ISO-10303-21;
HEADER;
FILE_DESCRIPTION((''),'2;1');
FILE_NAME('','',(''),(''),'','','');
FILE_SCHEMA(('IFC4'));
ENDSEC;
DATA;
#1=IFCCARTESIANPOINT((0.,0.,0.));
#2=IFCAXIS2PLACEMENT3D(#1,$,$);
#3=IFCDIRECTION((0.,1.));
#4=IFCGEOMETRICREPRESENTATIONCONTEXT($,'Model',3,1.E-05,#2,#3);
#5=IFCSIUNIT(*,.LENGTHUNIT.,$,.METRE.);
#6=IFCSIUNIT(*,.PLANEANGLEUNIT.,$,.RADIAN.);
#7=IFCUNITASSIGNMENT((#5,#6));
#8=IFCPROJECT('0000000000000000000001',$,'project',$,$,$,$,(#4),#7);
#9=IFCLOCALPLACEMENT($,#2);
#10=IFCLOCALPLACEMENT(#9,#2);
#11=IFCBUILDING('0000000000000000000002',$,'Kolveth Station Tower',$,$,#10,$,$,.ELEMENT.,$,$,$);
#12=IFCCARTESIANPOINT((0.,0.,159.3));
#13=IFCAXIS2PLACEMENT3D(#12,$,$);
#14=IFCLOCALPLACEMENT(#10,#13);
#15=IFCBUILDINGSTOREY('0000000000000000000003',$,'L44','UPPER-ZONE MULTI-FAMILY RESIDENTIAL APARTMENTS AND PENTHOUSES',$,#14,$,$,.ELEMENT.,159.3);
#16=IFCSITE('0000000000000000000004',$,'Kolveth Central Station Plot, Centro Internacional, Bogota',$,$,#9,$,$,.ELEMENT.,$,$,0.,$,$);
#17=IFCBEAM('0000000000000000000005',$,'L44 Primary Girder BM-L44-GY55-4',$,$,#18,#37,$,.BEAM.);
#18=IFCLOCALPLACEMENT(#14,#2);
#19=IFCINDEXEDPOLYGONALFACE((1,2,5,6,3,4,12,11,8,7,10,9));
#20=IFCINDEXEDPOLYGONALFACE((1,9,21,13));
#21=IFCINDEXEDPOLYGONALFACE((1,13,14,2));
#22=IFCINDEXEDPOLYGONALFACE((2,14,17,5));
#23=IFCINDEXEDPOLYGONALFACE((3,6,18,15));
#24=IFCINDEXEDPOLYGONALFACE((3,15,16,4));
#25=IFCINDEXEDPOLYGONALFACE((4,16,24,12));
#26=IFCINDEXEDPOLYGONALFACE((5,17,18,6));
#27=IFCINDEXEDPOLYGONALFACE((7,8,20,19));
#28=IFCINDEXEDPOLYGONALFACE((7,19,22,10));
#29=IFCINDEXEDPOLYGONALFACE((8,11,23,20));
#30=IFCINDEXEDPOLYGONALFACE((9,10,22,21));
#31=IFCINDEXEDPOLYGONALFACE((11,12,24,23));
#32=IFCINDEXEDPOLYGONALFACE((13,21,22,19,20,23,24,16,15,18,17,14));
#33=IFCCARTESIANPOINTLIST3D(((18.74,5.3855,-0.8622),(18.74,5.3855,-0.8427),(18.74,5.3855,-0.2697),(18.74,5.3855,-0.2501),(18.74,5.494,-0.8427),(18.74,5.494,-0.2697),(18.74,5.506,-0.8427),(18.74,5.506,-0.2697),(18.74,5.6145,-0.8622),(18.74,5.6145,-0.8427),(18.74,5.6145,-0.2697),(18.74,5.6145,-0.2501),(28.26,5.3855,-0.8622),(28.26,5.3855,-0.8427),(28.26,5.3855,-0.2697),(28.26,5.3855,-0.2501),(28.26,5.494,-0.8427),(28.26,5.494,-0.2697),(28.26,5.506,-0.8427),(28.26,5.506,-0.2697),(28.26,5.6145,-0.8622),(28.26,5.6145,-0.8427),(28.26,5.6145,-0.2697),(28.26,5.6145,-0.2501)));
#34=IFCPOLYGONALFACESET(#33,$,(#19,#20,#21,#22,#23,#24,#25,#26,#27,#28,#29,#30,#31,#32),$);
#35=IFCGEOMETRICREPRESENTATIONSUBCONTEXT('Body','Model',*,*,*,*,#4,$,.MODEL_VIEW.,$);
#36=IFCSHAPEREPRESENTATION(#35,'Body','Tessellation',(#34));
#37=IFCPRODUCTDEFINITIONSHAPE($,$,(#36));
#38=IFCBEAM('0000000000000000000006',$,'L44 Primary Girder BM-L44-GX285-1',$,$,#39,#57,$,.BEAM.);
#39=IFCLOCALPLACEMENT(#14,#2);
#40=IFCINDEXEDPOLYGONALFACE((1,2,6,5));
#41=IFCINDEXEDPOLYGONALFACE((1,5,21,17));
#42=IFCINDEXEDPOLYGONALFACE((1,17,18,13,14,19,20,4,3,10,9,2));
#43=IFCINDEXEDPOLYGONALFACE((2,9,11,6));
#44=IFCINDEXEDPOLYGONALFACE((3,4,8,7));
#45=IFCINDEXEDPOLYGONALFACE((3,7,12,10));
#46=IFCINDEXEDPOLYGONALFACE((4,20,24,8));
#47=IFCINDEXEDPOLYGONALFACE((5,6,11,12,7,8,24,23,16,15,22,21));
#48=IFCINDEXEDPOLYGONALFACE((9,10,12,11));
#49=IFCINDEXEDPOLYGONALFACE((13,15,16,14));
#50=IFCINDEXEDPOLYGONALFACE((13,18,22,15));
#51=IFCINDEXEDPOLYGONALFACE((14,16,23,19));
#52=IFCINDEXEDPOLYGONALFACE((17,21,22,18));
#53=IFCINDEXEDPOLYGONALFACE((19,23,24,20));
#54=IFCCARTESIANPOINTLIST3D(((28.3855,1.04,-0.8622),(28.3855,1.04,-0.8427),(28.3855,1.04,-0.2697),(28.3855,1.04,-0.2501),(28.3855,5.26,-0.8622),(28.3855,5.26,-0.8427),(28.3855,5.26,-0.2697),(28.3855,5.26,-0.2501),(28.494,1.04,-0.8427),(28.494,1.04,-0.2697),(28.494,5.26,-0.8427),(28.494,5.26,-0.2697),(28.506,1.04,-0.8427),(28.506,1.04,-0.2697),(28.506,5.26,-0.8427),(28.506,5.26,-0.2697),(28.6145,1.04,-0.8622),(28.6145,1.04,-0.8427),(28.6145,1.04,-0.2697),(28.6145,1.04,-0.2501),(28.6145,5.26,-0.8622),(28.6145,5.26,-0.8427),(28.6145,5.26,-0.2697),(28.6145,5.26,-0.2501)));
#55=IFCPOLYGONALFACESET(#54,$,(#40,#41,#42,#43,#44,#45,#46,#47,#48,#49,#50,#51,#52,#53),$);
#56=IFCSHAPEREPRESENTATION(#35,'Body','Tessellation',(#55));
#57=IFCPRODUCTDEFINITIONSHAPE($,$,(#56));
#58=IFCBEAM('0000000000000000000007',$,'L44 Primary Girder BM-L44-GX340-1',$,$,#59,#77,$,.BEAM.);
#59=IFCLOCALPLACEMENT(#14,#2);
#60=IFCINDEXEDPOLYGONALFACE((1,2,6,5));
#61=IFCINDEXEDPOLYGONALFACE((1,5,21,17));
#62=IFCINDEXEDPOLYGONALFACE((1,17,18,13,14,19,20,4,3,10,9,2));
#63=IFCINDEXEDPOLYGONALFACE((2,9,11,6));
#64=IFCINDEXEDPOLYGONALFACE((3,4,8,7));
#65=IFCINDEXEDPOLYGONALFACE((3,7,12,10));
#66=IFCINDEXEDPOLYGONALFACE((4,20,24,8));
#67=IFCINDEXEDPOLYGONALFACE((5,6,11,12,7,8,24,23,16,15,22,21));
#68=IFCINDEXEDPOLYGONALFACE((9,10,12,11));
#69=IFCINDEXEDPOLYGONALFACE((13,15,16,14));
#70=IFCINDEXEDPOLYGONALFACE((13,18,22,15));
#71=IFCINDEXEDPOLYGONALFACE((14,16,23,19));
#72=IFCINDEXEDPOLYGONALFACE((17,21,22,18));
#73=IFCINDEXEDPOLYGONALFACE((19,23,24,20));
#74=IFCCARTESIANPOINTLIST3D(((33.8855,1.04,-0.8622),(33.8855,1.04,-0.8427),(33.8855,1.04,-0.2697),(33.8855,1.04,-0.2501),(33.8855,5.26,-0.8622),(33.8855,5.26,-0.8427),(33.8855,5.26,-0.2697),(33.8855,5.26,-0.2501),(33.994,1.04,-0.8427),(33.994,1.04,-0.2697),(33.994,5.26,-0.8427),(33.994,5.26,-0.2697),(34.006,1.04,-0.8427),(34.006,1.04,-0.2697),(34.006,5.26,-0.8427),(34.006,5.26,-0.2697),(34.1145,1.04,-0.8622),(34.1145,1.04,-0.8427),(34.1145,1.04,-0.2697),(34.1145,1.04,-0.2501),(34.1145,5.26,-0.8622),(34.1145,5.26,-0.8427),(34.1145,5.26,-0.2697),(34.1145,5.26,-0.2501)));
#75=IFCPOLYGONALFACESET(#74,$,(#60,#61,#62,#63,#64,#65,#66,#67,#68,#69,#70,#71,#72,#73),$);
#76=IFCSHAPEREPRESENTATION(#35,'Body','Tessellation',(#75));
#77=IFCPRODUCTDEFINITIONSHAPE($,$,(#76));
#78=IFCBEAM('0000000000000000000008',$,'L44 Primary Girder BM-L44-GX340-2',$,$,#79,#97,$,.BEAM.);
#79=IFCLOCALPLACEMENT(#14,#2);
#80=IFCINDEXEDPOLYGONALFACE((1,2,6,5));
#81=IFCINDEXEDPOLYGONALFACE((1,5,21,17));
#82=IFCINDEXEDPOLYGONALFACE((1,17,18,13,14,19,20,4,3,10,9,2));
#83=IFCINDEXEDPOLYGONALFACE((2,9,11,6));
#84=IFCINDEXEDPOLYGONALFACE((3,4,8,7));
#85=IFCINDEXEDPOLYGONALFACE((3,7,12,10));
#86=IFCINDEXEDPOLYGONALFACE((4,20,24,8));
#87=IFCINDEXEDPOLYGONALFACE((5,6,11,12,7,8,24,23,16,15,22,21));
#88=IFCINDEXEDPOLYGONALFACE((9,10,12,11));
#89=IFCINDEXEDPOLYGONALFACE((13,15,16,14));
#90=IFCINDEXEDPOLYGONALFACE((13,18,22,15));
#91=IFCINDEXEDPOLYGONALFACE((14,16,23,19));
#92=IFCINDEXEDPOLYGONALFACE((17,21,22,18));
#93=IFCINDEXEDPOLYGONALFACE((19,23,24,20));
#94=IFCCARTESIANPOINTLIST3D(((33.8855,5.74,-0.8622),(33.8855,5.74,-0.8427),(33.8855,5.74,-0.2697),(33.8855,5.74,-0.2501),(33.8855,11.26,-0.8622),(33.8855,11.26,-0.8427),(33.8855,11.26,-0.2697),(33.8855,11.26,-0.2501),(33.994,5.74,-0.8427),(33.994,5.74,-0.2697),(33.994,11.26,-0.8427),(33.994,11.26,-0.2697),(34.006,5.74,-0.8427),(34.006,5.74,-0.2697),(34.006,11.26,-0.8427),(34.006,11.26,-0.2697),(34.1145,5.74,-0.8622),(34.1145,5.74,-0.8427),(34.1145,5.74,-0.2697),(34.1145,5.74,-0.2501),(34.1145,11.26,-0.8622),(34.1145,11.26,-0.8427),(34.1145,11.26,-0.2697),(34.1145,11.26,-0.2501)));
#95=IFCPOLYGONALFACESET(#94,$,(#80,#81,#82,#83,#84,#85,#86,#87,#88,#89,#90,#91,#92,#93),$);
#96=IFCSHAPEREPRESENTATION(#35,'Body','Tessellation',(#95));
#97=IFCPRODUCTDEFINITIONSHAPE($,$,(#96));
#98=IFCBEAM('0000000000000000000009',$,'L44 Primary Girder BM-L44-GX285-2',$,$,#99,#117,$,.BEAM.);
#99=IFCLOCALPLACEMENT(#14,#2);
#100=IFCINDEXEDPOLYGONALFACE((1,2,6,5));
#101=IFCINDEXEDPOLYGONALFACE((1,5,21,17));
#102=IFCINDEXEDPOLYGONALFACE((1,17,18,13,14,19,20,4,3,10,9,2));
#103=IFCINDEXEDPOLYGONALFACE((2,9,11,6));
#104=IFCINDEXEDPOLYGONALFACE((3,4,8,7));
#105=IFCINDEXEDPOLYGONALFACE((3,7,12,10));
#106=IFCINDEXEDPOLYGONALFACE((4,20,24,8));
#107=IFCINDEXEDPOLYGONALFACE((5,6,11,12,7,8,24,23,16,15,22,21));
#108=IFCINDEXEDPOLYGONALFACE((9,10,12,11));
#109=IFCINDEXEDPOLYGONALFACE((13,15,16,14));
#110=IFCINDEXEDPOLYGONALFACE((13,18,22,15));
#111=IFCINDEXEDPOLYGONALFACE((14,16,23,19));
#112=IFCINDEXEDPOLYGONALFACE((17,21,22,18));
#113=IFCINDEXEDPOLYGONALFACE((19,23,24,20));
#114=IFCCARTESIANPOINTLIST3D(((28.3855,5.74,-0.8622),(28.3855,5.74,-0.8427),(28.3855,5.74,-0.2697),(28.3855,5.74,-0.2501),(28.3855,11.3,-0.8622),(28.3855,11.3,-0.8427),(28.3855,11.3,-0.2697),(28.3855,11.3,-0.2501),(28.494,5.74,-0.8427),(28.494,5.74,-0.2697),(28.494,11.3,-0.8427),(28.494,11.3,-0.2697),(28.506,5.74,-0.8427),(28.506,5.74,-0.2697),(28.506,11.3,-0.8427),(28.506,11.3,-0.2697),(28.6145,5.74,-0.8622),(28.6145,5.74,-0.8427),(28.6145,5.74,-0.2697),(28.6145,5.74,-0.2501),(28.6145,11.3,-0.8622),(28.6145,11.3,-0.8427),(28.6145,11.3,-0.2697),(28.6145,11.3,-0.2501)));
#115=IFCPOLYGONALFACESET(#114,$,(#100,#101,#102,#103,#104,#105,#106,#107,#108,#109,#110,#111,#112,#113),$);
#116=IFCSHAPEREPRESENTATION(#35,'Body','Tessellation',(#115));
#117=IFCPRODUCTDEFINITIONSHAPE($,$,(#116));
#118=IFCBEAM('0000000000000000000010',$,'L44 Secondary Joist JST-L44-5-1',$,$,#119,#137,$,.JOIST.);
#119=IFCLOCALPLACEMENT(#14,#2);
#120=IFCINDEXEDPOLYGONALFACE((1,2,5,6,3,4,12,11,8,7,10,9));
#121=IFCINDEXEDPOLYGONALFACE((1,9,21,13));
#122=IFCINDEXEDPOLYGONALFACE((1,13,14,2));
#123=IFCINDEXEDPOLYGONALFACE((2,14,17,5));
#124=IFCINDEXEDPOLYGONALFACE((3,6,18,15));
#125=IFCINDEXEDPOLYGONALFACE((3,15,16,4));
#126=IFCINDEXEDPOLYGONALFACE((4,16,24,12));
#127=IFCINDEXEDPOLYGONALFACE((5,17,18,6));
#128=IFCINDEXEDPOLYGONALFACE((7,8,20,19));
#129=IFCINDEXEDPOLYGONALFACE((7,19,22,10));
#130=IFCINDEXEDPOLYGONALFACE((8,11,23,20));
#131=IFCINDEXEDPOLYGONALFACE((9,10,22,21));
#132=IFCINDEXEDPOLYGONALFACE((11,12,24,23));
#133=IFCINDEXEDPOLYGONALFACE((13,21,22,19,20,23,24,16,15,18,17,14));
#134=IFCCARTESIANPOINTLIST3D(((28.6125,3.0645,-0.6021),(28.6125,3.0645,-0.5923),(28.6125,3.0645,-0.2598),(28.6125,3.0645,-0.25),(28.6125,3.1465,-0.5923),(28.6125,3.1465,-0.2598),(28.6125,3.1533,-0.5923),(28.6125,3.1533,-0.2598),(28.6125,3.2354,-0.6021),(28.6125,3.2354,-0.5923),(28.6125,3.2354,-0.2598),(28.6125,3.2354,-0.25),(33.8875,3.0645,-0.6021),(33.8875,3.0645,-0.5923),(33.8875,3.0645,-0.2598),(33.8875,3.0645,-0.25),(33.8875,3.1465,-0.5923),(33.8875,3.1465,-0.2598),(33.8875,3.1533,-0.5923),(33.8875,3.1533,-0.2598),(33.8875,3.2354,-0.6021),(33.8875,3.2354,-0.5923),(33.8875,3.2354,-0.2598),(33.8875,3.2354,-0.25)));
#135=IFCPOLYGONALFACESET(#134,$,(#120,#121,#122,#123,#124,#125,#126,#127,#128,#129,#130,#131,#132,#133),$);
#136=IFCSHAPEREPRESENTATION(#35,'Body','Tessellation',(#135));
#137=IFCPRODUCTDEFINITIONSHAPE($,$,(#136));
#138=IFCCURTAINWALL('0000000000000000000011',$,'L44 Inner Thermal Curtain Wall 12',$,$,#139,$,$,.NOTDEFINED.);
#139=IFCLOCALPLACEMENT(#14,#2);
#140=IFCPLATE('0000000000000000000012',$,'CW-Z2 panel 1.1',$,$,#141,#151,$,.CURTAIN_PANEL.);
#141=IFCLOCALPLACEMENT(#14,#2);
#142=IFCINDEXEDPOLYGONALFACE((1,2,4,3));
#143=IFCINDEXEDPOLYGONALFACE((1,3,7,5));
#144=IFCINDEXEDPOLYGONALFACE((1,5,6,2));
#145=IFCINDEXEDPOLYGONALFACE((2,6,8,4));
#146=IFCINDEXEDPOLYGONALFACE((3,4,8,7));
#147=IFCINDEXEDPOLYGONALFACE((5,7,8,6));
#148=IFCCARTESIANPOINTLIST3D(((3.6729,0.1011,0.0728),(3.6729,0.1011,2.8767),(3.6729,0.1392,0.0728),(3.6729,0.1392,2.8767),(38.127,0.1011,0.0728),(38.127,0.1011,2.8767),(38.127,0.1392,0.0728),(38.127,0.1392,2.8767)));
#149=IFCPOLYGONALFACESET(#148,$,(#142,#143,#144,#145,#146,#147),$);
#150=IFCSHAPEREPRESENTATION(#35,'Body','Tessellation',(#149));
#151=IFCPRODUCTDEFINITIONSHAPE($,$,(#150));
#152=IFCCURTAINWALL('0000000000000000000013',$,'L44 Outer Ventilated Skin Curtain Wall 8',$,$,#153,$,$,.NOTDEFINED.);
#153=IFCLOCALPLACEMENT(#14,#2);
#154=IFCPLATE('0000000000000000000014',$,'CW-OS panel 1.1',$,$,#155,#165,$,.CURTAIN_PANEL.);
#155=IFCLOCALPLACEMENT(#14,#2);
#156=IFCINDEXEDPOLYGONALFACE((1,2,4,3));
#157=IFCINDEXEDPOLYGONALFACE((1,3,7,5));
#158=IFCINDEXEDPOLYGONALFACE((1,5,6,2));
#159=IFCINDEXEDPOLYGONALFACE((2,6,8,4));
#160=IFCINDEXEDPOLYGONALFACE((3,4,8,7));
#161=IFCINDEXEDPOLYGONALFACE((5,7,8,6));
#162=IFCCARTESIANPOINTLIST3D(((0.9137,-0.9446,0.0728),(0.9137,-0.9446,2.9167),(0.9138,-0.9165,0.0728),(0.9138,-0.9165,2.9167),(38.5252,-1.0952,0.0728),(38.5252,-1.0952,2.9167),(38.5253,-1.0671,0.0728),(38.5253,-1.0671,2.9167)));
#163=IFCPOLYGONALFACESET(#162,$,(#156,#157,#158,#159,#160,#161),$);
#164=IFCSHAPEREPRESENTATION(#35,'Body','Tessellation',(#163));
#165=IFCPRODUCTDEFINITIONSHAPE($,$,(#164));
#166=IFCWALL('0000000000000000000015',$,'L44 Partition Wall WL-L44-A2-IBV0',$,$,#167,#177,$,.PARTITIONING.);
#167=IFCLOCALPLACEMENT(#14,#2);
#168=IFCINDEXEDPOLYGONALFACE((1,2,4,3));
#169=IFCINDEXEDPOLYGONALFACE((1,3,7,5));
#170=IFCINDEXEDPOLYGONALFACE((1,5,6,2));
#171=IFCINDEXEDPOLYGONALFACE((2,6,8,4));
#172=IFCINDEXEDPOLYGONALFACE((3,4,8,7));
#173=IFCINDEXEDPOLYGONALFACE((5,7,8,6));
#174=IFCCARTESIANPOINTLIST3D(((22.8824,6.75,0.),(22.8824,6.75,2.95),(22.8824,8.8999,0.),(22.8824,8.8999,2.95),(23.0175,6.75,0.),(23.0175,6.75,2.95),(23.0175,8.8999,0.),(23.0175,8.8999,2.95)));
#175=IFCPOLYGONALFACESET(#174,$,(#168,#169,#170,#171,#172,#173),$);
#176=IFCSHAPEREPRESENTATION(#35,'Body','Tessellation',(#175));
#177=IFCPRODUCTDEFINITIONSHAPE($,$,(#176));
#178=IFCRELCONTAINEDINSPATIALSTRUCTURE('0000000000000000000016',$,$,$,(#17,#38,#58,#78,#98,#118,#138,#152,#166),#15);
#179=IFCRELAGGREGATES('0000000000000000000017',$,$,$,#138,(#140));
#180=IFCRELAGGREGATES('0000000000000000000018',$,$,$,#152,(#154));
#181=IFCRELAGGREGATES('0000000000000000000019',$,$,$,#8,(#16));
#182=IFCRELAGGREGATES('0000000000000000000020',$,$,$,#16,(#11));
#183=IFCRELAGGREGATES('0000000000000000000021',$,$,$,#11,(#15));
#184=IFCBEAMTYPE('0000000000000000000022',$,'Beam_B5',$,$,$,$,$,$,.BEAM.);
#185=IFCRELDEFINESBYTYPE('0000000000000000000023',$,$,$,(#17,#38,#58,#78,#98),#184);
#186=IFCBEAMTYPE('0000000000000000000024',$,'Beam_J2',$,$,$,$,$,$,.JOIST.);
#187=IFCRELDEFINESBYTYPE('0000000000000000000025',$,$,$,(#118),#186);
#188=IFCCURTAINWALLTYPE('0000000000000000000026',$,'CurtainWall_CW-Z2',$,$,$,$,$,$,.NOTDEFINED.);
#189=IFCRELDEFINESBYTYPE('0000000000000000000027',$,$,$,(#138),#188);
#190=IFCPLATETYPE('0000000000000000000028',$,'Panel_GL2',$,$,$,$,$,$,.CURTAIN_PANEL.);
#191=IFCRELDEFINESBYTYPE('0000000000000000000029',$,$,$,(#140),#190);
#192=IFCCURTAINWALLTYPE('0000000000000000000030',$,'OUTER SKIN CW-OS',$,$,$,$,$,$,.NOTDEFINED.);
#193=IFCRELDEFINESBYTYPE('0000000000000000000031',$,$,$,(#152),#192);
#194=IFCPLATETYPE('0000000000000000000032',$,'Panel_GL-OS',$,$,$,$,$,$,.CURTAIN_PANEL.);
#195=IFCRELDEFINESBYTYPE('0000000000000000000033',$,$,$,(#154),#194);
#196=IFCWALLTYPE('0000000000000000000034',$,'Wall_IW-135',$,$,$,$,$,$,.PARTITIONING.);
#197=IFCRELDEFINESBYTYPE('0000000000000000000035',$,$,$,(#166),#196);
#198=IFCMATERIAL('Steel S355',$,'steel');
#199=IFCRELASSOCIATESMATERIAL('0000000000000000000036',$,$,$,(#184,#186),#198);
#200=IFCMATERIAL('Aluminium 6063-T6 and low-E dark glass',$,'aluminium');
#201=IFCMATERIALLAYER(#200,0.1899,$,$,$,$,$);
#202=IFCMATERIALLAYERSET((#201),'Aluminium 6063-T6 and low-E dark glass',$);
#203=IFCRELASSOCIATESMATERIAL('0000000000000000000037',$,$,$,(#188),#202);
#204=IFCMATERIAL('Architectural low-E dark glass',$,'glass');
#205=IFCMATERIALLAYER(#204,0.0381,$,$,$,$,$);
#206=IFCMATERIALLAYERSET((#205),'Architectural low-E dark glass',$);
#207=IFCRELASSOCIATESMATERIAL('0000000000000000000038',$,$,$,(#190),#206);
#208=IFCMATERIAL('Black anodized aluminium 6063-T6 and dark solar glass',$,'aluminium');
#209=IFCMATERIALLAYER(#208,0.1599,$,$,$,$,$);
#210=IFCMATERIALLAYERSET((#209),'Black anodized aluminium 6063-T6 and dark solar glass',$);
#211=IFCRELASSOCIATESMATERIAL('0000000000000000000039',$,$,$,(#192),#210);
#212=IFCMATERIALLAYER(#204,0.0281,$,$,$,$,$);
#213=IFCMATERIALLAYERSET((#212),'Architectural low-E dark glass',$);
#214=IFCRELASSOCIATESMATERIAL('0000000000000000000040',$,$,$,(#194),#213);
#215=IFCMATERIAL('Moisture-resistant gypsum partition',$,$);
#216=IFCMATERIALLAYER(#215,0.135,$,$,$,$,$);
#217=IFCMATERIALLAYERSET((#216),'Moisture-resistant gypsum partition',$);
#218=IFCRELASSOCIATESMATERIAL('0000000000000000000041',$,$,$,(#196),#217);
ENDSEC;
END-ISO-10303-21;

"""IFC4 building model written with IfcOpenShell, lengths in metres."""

from ifc_helpers import new_model, si_unit, direction, frame, frame_2d, origin, origin_2d, place, context, subcontext, project, spatial, rectangle, i_section, extrude, source, transform, mapped, material, layer, layer_set, material_profile, profile_set, type_object, element, aggregate, save


model = new_model("IFC4")

# Units and contexts
model_context = context("Model", 3, precision=1e-05, world=origin(), true_north=direction((0.0, 1.0)))
body_context = subcontext(model_context, "Body", "Model", "MODEL_VIEW")
ifc_project = project(units=[si_unit("LENGTHUNIT", "METRE"), si_unit("PLANEANGLEUNIT", "RADIAN")], contexts=[model_context])

# Site, building, storey
site_placement = place(None, origin())
site = spatial("IfcSite", under=ifc_project, at=site_placement, Name="Kolveth Central Station Plot, Centro Internacional, Bogota", CompositionType="ELEMENT", RefElevation=0.0)
building_placement = place(site_placement, origin())
building = spatial("IfcBuilding", under=site, at=building_placement, Name="Kolveth Station Tower", CompositionType="ELEMENT")
storey_placement = place(building_placement, frame((0.0, 0.0, 159.3)))
storey = spatial("IfcBuildingStorey", under=building, at=storey_placement, Name="L44", Description="UPPER-ZONE MULTI-FAMILY RESIDENTIAL APARTMENTS AND PENTHOUSES", CompositionType="ELEMENT", Elevation=159.3)

# Shared definitions
ifc_material_1 = material(Name="Steel S355", Category="steel")

# Beams
ifc_material_profile_1 = material_profile(ifc_material_1, i_section(OverallWidth=0.229, OverallDepth=0.6121, WebThickness=0.012, FlangeThickness=0.0195, at=origin_2d()), Name="W610x125")
ifc_profile_set_1 = profile_set([ifc_material_profile_1], Name="Steel S355")
beam_type_1 = type_object("IfcBeamType", Name="Beam_B5", PredefinedType="BEAM", material=ifc_profile_set_1)
shared_shape_1 = source(origin(), body_context, "Body", "SweptSolid", [
    extrude(i_section(OverallWidth=0.229, OverallDepth=0.6121, WebThickness=0.012, FlangeThickness=0.0195, at=origin_2d()), origin(), (0.0, 0.0, 1.0), 9.52),
])
beam_1_placement = place(storey_placement, frame((18.74, 5.5, -0.5562), z_axis=(1.0, 0.0, 0.0), x_axis=(0.0, 1.0, 0.0)))
element("IfcBeam", 1, at=beam_1_placement, inside=storey, type_object=beam_type_1, Name="L44 Primary Girder BM-L44-GY55-4", PredefinedType="BEAM", context=body_context, shape_type="MappedRepresentation", body=[
    mapped(shared_shape_1, transform((0.0, 0.0, 0.0), x_axis=(1.0, 0.0, 0.0), y_axis=(0.0, 1.0, 0.0), z_axis=(0.0, 0.0, 1.0), scale=1.0)),
])
shared_shape_2 = source(origin(), body_context, "Body", "SweptSolid", [
    extrude(i_section(OverallWidth=0.229, OverallDepth=0.6121, WebThickness=0.012, FlangeThickness=0.0195, at=origin_2d()), origin(), (0.0, 0.0, 1.0), 4.22),
])
for number, where, z_axis, x_axis, name in (
    (2, (28.5, 1.04, -0.5562), (0.0, 1.0, 0.0), (-1.0, 0.0, 0.0), "L44 Primary Girder BM-L44-GX285-1"),
    (3, (34.0, 1.04, -0.5562), (0.0, 1.0, 0.0), (-1.0, 0.0, 0.0), "L44 Primary Girder BM-L44-GX340-1"),
):
    element("IfcBeam", number, at=place(storey_placement, frame(where, z_axis=z_axis, x_axis=x_axis)), inside=storey, type_object=beam_type_1, Name=name, PredefinedType="BEAM", context=body_context, shape_type="MappedRepresentation", body=[
        mapped(shared_shape_2, transform((0.0, 0.0, 0.0), x_axis=(1.0, 0.0, 0.0), y_axis=(0.0, 1.0, 0.0), z_axis=(0.0, 0.0, 1.0), scale=1.0)),
    ])
shared_shape_3 = source(origin(), body_context, "Body", "SweptSolid", [
    extrude(i_section(OverallWidth=0.229, OverallDepth=0.6121, WebThickness=0.012, FlangeThickness=0.0195, at=origin_2d()), origin(), (0.0, 0.0, 1.0), 5.52),
])
beam_2_placement = place(storey_placement, frame((34.0, 5.74, -0.5562), z_axis=(0.0, 1.0, 0.0), x_axis=(-1.0, 0.0, 0.0)))
element("IfcBeam", 4, at=beam_2_placement, inside=storey, type_object=beam_type_1, Name="L44 Primary Girder BM-L44-GX340-2", PredefinedType="BEAM", context=body_context, shape_type="MappedRepresentation", body=[
    mapped(shared_shape_3, transform((0.0, 0.0, 0.0), x_axis=(1.0, 0.0, 0.0), y_axis=(0.0, 1.0, 0.0), z_axis=(0.0, 0.0, 1.0), scale=1.0)),
])
shared_shape_4 = source(origin(), body_context, "Body", "SweptSolid", [
    extrude(i_section(OverallWidth=0.229, OverallDepth=0.6121, WebThickness=0.012, FlangeThickness=0.0195, at=origin_2d()), origin(), (0.0, 0.0, 1.0), 5.5601),
])
beam_3_placement = place(storey_placement, frame((28.5, 5.74, -0.5562), z_axis=(0.0, 1.0, 0.0), x_axis=(-1.0, 0.0, 0.0)))
element("IfcBeam", 5, at=beam_3_placement, inside=storey, type_object=beam_type_1, Name="L44 Primary Girder BM-L44-GX285-2", PredefinedType="BEAM", context=body_context, shape_type="MappedRepresentation", body=[
    mapped(shared_shape_4, transform((0.0, 0.0, 0.0), x_axis=(1.0, 0.0, 0.0), y_axis=(0.0, 1.0, 0.0), z_axis=(0.0, 0.0, 1.0), scale=1.0)),
])
ifc_material_profile_2 = material_profile(ifc_material_1, i_section(OverallWidth=0.1709, OverallDepth=0.3521, WebThickness=0.0068, FlangeThickness=0.0098, at=origin_2d()), Name="W360x44")
ifc_profile_set_2 = profile_set([ifc_material_profile_2], Name="Steel S355")
beam_type_2 = type_object("IfcBeamType", Name="Beam_J2", PredefinedType="JOIST", material=ifc_profile_set_2)
shared_shape_5 = source(origin(), body_context, "Body", "SweptSolid", [
    extrude(i_section(OverallWidth=0.1709, OverallDepth=0.3521, WebThickness=0.0068, FlangeThickness=0.0098, at=origin_2d()), origin(), (0.0, 0.0, 1.0), 5.2749),
])
beam_4_placement = place(storey_placement, frame((28.6125, 3.1499, -0.426), z_axis=(1.0, 0.0, 0.0), x_axis=(0.0, 1.0, 0.0)))
element("IfcBeam", 6, at=beam_4_placement, inside=storey, type_object=beam_type_2, Name="L44 Secondary Joist JST-L44-5-1", PredefinedType="JOIST", context=body_context, shape_type="MappedRepresentation", body=[
    mapped(shared_shape_5, transform((0.0, 0.0, 0.0), x_axis=(1.0, 0.0, 0.0), y_axis=(0.0, 1.0, 0.0), z_axis=(0.0, 0.0, 1.0), scale=1.0)),
])

# Curtain walls, plates
ifc_material_2 = material(Name="Aluminium 6063-T6 and low-E dark glass", Category="aluminium")
ifc_layer_1 = layer(ifc_material_2, 0.1899)
ifc_layer_set_1 = layer_set([ifc_layer_1], Name="Aluminium 6063-T6 and low-E dark glass")
curtain_wall_type_1 = type_object("IfcCurtainWallType", Name="CurtainWall_CW-Z2", PredefinedType="NOTDEFINED", material=ifc_layer_set_1)
curtain_wall_1_placement = place(storey_placement, origin())
curtain_wall_1 = element("IfcCurtainWall", 7, at=curtain_wall_1_placement, inside=storey, type_object=curtain_wall_type_1, Name="L44 Inner Thermal Curtain Wall 12", PredefinedType="NOTDEFINED")
ifc_material_3 = material(Name="Architectural low-E dark glass", Category="glass")
ifc_layer_2 = layer(ifc_material_3, 0.0381)
ifc_layer_set_2 = layer_set([ifc_layer_2], Name="Architectural low-E dark glass")
plate_type_1 = type_object("IfcPlateType", Name="Panel_GL2", PredefinedType="CURTAIN_PANEL", material=ifc_layer_set_2)
shared_shape_6 = source(origin(), body_context, "Body", "SweptSolid", [
    extrude(rectangle(XDim=34.4541, YDim=0.0381, at=origin_2d()), origin(), (0.0, 0.0, 1.0), 2.804),
])
plate_1_placement = place(storey_placement, frame((20.8999, 0.1201, 0.0728), z_axis=(0.0, 0.0, 1.0), x_axis=(1.0, 0.0, 0.0)))
plate_1 = element("IfcPlate", 8, at=plate_1_placement, type_object=plate_type_1, Name="CW-Z2 panel 1.1", PredefinedType="CURTAIN_PANEL", context=body_context, shape_type="MappedRepresentation", body=[
    mapped(shared_shape_6, transform((0.0, 0.0, 0.0), x_axis=(1.0, 0.0, 0.0), y_axis=(0.0, 1.0, 0.0), z_axis=(0.0, 0.0, 1.0), scale=1.0)),
])
aggregate(curtain_wall_1, [plate_1])
ifc_material_4 = material(Name="Black anodized aluminium 6063-T6 and dark solar glass", Category="aluminium")
ifc_layer_3 = layer(ifc_material_4, 0.1599)
ifc_layer_set_3 = layer_set([ifc_layer_3], Name="Black anodized aluminium 6063-T6 and dark solar glass")
curtain_wall_type_2 = type_object("IfcCurtainWallType", Name="OUTER SKIN CW-OS", PredefinedType="NOTDEFINED", material=ifc_layer_set_3)
curtain_wall_2_placement = place(storey_placement, origin())
curtain_wall_2 = element("IfcCurtainWall", 9, at=curtain_wall_2_placement, inside=storey, type_object=curtain_wall_type_2, Name="L44 Outer Ventilated Skin Curtain Wall 8", PredefinedType="NOTDEFINED")
ifc_layer_4 = layer(ifc_material_3, 0.0281)
ifc_layer_set_4 = layer_set([ifc_layer_4], Name="Architectural low-E dark glass")
plate_type_2 = type_object("IfcPlateType", Name="Panel_GL-OS", PredefinedType="CURTAIN_PANEL", material=ifc_layer_set_4)
shared_shape_7 = source(origin(), body_context, "Body", "SweptSolid", [
    extrude(rectangle(XDim=37.6118, YDim=0.0281, at=origin_2d()), origin(), (0.0, 0.0, 1.0), 2.844),
])
plate_2_placement = place(storey_placement, frame((19.7195, -1.0059, 0.0728), z_axis=(0.0, 0.0, 1.0), x_axis=(0.999992, -0.004005, 0.0)))
plate_2 = element("IfcPlate", 10, at=plate_2_placement, type_object=plate_type_2, Name="CW-OS panel 1.1", PredefinedType="CURTAIN_PANEL", context=body_context, shape_type="MappedRepresentation", body=[
    mapped(shared_shape_7, transform((0.0, 0.0, 0.0), x_axis=(1.0, 0.0, 0.0), y_axis=(0.0, 1.0, 0.0), z_axis=(0.0, 0.0, 1.0), scale=1.0)),
])
aggregate(curtain_wall_2, [plate_2])

# Shared definitions
ifc_material_5 = material(Name="Moisture-resistant gypsum partition")
ifc_layer_5 = layer(ifc_material_5, 0.135)
ifc_layer_set_5 = layer_set([ifc_layer_5], Name="Moisture-resistant gypsum partition")
wall_type_1 = type_object("IfcWallType", Name="Wall_IW-135", PredefinedType="PARTITIONING", material=ifc_layer_set_5)

# Wall
wall_1_placement = place(storey_placement, frame((22.95, 6.75, 0.0), z_axis=(0.0, 0.0, 1.0), x_axis=(0.0, 1.0, 0.0)))
element("IfcWall", 11, at=wall_1_placement, inside=storey, type_object=wall_type_1, Name="L44 Partition Wall WL-L44-A2-IBV0", PredefinedType="PARTITIONING", context=body_context, shape_type="SweptSolid", body=[
    extrude(rectangle(XDim=2.1499, YDim=0.135, at=frame_2d((1.075, 0.0))), origin(), (0.0, 0.0, 1.0), 2.95),
])

save(model, "model.ifc")
